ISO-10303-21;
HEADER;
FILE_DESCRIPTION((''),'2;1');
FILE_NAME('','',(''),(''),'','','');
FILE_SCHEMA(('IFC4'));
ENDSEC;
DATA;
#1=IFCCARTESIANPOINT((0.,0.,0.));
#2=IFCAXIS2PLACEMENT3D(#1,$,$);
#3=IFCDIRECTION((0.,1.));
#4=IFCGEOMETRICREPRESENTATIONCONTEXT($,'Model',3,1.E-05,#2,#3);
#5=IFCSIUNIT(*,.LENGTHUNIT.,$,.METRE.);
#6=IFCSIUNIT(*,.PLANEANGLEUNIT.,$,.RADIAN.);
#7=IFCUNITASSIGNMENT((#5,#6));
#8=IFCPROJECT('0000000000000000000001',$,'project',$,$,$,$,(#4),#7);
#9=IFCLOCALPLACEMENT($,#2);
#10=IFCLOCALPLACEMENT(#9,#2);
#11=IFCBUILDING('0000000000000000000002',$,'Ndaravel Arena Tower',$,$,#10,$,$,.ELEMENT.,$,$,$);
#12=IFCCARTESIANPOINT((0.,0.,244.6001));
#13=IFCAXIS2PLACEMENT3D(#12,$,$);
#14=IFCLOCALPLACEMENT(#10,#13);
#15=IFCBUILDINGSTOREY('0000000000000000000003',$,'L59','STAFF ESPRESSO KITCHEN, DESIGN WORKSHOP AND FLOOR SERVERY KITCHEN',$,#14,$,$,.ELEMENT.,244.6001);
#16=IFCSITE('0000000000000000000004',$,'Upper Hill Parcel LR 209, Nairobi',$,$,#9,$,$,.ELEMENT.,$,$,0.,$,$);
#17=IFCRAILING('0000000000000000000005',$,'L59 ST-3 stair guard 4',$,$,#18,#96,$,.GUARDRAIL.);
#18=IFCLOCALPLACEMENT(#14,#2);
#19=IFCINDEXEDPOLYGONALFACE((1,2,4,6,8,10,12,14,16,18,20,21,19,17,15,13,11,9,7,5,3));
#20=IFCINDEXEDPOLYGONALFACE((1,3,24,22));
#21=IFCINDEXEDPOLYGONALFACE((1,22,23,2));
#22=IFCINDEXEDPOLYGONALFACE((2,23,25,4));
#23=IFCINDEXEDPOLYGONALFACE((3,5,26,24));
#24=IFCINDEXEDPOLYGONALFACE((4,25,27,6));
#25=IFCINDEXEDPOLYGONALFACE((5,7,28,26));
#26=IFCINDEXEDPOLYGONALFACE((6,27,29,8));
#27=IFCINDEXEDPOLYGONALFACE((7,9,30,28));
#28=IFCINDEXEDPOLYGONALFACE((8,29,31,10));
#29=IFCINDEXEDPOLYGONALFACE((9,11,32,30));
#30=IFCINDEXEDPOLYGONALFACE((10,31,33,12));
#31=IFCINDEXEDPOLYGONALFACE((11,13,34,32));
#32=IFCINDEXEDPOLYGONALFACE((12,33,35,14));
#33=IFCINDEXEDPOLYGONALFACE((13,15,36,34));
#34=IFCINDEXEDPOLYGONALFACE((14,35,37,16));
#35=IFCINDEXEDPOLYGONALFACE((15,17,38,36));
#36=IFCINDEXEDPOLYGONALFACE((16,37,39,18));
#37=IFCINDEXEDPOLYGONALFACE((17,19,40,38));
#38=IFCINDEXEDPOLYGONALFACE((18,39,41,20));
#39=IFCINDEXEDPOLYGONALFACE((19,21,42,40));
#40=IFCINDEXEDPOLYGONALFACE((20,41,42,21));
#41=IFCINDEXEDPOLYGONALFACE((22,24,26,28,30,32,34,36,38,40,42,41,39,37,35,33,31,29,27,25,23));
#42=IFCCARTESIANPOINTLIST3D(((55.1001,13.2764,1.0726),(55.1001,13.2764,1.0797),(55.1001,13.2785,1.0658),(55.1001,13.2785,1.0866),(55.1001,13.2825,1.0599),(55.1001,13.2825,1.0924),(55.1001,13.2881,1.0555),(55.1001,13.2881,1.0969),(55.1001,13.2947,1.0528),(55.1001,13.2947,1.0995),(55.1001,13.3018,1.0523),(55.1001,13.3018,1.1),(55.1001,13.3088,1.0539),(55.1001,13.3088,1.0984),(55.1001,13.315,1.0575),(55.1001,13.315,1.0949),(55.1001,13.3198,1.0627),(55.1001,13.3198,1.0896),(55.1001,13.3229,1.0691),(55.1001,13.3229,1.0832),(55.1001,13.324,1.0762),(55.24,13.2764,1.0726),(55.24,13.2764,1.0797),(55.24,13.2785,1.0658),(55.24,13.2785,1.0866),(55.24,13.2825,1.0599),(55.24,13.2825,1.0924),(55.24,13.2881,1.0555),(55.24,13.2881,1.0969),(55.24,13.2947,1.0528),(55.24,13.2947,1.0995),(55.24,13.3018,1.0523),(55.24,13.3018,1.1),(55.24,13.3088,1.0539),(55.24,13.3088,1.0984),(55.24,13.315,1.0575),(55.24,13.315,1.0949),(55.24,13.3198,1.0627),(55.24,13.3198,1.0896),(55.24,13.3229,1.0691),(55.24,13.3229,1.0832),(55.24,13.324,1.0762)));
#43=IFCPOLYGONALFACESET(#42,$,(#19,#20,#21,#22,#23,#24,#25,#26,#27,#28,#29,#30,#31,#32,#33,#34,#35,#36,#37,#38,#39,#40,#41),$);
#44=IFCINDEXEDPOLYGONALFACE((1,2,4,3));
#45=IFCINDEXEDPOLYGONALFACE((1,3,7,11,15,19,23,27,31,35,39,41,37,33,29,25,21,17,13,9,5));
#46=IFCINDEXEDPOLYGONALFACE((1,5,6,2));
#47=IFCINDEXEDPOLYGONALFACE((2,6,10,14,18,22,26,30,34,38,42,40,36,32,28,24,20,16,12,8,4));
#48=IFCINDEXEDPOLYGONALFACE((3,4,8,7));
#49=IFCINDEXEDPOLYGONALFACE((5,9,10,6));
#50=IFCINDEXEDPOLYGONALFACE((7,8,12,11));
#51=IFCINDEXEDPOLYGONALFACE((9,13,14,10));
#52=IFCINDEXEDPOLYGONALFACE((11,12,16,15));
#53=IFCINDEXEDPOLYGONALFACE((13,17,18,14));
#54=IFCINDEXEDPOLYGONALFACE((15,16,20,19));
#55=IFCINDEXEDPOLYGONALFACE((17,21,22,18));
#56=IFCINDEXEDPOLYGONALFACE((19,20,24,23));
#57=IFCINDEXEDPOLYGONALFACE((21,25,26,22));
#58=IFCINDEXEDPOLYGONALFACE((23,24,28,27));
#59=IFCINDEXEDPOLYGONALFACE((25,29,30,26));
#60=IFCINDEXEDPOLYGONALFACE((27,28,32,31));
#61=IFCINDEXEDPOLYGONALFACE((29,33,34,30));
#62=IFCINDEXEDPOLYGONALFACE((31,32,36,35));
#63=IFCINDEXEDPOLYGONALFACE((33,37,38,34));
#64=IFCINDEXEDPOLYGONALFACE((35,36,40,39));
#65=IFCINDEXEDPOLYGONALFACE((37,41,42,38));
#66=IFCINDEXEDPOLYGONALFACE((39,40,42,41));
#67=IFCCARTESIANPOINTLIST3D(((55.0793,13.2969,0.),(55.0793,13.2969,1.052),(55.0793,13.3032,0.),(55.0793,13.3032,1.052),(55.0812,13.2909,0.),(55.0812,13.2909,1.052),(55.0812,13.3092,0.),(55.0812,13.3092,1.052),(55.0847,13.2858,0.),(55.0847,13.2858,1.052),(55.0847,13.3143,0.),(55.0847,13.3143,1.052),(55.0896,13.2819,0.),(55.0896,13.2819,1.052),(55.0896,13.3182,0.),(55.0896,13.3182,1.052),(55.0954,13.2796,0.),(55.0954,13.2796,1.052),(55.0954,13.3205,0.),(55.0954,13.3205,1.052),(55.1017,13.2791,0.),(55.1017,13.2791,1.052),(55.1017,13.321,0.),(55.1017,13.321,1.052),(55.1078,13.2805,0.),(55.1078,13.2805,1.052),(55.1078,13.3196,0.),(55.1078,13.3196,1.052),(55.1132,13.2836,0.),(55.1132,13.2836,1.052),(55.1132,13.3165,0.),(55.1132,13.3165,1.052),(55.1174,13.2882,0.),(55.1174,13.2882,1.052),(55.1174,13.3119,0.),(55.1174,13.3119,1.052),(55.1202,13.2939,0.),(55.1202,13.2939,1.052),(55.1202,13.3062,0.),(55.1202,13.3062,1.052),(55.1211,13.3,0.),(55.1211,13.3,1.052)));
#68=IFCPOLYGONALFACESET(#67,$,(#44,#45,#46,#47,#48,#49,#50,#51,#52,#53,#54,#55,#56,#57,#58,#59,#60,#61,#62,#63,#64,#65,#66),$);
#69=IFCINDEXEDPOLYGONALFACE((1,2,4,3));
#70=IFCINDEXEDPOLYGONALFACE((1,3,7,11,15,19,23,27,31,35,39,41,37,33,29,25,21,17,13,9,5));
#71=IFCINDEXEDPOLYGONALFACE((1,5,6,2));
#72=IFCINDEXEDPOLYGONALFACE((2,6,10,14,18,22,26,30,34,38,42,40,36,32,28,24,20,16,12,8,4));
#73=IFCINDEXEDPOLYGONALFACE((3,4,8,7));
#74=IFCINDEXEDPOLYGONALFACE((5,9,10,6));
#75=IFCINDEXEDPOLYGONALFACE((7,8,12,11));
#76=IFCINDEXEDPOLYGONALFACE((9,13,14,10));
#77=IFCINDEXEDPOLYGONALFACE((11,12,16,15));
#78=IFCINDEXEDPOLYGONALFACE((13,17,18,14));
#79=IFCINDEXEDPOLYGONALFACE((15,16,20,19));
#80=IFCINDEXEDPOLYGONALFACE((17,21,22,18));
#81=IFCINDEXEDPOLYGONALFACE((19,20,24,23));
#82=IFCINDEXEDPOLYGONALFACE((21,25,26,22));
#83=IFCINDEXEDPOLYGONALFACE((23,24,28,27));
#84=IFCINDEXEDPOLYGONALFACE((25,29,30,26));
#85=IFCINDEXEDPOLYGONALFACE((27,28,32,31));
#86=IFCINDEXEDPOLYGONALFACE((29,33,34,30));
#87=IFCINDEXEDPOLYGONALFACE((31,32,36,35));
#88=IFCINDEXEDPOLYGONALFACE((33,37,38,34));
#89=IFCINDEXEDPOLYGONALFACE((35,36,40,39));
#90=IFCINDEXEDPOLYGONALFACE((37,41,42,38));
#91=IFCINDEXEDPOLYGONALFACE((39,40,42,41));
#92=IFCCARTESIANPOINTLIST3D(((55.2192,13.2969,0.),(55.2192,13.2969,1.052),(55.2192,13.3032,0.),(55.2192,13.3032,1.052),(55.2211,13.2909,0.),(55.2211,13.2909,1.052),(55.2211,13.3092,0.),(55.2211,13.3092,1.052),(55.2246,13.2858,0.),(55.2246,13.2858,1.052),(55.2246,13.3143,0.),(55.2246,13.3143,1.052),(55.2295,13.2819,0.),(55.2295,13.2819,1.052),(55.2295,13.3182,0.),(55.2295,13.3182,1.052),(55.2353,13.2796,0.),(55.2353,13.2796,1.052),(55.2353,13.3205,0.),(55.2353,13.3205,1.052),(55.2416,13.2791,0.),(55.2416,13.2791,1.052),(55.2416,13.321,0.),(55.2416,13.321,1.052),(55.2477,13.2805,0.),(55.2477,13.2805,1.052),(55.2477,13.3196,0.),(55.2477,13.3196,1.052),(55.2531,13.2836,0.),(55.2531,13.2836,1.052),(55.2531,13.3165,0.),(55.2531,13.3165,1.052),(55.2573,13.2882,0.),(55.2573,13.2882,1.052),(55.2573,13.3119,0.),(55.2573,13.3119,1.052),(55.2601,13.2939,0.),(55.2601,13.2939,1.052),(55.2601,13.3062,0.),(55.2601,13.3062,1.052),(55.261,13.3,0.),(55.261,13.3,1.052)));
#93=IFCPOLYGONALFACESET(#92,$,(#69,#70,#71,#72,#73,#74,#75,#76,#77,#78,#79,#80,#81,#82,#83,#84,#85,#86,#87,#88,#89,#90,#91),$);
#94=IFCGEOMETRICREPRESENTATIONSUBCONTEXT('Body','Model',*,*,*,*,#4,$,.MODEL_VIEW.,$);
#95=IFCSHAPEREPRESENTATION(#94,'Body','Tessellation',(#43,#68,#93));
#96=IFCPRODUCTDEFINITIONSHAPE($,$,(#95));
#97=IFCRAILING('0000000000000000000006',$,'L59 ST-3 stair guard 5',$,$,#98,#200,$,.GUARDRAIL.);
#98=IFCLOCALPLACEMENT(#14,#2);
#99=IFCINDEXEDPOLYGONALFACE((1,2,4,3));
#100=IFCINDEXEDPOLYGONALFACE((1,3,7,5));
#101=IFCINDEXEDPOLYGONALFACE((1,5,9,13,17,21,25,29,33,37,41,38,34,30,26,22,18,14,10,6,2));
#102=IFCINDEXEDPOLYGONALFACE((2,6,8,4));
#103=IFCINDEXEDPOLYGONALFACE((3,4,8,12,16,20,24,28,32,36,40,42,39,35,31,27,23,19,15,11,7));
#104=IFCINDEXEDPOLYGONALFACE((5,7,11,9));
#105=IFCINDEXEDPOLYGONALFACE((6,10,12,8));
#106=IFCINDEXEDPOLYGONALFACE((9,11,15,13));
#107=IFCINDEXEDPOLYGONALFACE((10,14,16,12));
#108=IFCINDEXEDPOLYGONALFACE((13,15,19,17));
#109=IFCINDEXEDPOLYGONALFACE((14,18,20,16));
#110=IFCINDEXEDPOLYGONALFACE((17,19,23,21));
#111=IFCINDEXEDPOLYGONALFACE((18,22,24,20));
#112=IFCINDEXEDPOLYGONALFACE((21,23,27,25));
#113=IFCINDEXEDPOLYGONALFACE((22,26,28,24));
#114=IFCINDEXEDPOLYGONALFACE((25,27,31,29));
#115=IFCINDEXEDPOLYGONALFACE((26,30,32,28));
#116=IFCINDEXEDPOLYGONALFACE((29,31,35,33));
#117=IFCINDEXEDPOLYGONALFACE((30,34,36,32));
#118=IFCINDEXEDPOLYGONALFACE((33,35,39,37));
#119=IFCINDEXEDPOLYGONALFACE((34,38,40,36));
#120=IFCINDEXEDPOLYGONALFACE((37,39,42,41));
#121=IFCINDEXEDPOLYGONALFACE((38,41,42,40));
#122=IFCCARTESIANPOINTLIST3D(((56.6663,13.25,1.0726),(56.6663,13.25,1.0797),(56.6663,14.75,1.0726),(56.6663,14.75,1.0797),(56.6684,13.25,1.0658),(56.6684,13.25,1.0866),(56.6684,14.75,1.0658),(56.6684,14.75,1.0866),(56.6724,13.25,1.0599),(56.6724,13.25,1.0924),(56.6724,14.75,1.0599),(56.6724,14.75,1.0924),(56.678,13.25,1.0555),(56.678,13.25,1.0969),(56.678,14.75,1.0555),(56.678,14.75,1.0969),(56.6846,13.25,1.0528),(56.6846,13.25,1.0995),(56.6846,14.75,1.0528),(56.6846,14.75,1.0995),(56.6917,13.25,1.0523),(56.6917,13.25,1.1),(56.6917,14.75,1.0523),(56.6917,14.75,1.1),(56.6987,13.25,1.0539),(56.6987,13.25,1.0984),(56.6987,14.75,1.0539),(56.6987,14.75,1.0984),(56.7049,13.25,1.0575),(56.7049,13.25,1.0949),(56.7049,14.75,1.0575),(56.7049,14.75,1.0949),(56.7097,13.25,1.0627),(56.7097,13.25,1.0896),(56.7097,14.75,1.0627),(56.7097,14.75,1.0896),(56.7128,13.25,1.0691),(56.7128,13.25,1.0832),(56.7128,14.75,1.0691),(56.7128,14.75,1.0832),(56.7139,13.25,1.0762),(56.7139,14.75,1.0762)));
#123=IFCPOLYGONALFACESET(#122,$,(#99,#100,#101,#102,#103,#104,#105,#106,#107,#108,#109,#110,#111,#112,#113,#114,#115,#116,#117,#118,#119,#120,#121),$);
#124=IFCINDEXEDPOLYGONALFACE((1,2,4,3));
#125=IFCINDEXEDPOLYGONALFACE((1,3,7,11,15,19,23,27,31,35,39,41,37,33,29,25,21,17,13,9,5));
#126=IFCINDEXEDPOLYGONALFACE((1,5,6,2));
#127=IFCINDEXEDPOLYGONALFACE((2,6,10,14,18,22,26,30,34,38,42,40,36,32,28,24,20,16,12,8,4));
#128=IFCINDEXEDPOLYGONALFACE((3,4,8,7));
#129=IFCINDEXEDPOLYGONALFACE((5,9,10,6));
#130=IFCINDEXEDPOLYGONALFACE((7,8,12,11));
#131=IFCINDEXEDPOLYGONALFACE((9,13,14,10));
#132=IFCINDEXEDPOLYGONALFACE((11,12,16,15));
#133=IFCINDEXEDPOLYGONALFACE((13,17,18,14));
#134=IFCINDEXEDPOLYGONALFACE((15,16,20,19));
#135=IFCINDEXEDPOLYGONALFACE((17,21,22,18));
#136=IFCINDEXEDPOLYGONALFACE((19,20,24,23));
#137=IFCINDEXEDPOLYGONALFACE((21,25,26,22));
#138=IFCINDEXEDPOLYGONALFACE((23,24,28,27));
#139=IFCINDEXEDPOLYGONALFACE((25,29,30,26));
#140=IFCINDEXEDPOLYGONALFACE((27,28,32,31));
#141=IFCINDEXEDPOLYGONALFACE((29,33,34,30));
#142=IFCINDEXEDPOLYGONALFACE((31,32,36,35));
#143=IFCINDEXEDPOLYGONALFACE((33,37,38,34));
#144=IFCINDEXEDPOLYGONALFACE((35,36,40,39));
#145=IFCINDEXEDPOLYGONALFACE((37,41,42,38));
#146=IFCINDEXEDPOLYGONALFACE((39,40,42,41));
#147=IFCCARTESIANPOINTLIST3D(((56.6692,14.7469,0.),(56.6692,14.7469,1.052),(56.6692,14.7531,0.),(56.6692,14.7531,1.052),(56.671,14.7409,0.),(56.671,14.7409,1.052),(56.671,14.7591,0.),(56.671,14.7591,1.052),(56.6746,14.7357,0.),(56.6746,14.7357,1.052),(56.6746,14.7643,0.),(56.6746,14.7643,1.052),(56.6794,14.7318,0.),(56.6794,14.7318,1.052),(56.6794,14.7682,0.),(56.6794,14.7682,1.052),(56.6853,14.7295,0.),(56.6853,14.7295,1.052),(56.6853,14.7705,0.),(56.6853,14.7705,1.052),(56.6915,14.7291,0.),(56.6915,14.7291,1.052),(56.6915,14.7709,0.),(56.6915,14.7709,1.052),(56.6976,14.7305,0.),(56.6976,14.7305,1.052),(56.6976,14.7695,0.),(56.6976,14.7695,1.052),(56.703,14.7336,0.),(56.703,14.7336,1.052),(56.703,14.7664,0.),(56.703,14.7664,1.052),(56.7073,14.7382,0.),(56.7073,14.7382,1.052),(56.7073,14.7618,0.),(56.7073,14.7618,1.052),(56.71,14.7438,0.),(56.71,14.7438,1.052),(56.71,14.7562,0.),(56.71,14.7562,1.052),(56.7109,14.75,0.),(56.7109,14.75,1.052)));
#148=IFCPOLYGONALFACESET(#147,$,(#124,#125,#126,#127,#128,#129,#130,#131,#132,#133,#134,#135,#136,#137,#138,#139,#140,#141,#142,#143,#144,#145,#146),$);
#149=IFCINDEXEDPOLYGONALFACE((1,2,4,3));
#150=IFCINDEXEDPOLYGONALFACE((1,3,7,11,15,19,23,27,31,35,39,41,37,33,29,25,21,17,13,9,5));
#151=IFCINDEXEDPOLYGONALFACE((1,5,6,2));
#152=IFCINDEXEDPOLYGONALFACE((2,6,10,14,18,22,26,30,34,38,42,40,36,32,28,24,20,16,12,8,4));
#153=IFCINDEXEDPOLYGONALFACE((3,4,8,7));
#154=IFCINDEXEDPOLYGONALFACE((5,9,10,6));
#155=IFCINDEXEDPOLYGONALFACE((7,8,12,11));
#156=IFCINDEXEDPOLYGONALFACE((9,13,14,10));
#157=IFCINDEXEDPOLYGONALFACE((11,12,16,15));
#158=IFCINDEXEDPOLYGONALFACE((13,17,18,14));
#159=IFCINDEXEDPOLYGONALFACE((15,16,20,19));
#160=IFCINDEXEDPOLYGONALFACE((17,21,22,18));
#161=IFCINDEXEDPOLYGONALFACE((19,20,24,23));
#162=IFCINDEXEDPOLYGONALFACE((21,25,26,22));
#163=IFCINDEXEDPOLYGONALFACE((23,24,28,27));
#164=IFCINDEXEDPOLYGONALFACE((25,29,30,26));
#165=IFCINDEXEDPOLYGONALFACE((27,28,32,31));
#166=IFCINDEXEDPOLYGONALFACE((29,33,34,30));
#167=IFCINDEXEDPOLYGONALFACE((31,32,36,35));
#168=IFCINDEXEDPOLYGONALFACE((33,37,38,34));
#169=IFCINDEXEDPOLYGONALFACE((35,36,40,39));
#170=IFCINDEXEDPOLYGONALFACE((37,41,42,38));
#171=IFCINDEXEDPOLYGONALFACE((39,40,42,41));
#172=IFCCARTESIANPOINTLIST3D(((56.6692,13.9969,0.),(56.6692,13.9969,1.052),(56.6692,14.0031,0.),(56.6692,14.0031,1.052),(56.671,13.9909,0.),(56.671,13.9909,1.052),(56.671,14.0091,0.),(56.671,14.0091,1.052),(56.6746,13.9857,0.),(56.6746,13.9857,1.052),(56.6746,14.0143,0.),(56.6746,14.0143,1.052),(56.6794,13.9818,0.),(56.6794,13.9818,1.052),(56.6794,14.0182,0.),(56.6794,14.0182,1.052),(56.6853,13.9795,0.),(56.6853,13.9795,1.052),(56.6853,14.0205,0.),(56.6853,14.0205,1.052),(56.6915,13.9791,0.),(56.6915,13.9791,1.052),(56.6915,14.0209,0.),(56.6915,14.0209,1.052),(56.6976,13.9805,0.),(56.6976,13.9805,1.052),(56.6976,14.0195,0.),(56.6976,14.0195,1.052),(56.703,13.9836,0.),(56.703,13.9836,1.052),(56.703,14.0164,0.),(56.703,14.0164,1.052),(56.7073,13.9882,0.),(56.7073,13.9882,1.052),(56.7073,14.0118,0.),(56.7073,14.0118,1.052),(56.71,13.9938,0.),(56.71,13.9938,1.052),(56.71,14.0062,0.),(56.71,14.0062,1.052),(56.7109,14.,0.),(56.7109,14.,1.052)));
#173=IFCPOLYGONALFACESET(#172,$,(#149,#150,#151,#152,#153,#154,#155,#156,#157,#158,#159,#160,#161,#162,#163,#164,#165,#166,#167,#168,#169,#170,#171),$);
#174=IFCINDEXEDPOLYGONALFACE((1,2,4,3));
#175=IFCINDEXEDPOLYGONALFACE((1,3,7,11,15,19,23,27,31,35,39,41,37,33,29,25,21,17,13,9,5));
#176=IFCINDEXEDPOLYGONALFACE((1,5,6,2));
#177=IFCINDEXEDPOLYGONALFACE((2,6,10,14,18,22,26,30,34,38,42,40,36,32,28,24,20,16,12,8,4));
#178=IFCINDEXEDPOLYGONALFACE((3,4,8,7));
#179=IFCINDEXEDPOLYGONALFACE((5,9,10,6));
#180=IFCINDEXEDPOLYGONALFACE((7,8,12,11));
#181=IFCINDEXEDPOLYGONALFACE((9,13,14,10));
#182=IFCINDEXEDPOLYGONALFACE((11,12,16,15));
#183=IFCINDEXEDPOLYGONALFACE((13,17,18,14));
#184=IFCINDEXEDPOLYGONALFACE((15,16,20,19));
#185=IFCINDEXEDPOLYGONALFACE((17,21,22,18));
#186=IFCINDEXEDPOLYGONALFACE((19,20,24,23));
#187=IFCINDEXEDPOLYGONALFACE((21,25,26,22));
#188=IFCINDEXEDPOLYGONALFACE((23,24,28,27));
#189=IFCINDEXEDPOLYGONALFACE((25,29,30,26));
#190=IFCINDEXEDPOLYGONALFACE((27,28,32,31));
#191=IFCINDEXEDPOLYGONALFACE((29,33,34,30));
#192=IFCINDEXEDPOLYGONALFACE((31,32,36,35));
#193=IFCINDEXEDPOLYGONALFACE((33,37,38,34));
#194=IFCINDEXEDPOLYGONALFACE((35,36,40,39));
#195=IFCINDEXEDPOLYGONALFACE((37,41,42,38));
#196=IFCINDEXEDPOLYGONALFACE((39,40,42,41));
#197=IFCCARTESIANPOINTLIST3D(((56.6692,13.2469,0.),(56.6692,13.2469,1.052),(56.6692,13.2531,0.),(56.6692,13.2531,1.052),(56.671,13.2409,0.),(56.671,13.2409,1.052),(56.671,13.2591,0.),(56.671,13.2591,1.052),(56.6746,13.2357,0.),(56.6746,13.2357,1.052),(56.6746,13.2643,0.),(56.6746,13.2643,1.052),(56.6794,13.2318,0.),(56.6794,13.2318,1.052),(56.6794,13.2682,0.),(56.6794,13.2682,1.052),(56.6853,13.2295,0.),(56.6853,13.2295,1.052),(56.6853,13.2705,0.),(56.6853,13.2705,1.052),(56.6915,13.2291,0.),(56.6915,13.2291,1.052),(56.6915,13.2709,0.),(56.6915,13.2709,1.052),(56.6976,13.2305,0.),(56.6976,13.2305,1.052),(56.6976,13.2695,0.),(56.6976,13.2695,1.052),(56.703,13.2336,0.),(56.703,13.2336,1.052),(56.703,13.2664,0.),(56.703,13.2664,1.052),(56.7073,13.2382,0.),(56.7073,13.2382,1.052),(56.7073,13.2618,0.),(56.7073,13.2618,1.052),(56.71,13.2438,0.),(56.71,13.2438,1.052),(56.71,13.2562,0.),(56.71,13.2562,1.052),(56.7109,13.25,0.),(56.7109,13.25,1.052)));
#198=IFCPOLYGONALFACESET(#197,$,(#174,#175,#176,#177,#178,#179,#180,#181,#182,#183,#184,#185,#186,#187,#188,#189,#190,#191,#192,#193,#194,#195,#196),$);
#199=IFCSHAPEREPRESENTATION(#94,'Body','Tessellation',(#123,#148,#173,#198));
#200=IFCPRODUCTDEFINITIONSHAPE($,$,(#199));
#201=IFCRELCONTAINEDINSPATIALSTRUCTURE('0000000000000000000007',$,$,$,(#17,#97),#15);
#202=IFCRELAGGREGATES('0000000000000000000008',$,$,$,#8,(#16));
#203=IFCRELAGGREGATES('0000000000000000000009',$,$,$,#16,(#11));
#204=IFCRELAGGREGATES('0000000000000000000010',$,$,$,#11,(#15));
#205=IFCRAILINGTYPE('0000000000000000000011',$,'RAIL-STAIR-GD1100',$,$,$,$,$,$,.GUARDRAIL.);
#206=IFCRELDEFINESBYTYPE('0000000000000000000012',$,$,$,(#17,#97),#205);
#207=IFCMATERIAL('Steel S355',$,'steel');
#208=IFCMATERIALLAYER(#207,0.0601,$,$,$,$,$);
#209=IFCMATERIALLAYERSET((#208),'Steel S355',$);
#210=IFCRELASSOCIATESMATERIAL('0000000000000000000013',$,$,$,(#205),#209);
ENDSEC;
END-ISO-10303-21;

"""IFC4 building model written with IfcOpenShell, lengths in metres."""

from ifc_helpers import new_model, si_unit, direction, frame, origin, origin_2d, place, context, subcontext, project, spatial, circle, extrude, material, layer, layer_set, type_object, element, save


model = new_model("IFC4")

# Units and contexts
model_context = context("Model", 3, precision=1e-05, world=origin(), true_north=direction((0.0, 1.0)))
body_context = subcontext(model_context, "Body", "Model", "MODEL_VIEW")
ifc_project = project(units=[si_unit("LENGTHUNIT", "METRE"), si_unit("PLANEANGLEUNIT", "RADIAN")], contexts=[model_context])

# Site, building, storey
site_placement = place(None, origin())
site = spatial("IfcSite", under=ifc_project, at=site_placement, Name="Upper Hill Parcel LR 209, Nairobi", CompositionType="ELEMENT", RefElevation=0.0)
building_placement = place(site_placement, origin())
building = spatial("IfcBuilding", under=site, at=building_placement, Name="Ndaravel Arena Tower", CompositionType="ELEMENT")
storey_placement = place(building_placement, frame((0.0, 0.0, 244.6001)))
storey = spatial("IfcBuildingStorey", under=building, at=storey_placement, Name="L59", Description="STAFF ESPRESSO KITCHEN, DESIGN WORKSHOP AND FLOOR SERVERY KITCHEN", CompositionType="ELEMENT", Elevation=244.6001)

# Railings
ifc_material_1 = material(Name="Steel S355", Category="steel")
ifc_layer_1 = layer(ifc_material_1, 0.0601)
ifc_layer_set_1 = layer_set([ifc_layer_1], Name="Steel S355")
railing_type = type_object("IfcRailingType", Name="RAIL-STAIR-GD1100", PredefinedType="GUARDRAIL", material=ifc_layer_set_1)
railing_1_placement = place(storey_placement, frame((55.1001, 13.3, 0.0)))
element("IfcRailing", 1, at=railing_1_placement, inside=storey, type_object=railing_type, Name="L59 ST-3 stair guard 4", PredefinedType="GUARDRAIL", context=body_context, shape_type="SweptSolid", body=[
    extrude(circle(Radius=0.0239, at=origin_2d()), frame((0.0, 0.0, 1.0762), z_axis=(1.0, 0.0, 0.0), x_axis=(0.0, 1.0, 0.0)), (0.0, 0.0, 1.0), 0.1399),
    extrude(circle(Radius=0.021, at=origin_2d()), origin(), (0.0, 0.0, 1.0), 1.052),
    extrude(circle(Radius=0.021, at=origin_2d()), frame((0.1399, 0.0, 0.0)), (0.0, 0.0, 1.0), 1.052),
])
railing_2_placement = place(storey_placement, frame((56.6899, 14.75, 0.0)))
element("IfcRailing", 2, at=railing_2_placement, inside=storey, type_object=railing_type, Name="L59 ST-3 stair guard 5", PredefinedType="GUARDRAIL", context=body_context, shape_type="SweptSolid", body=[
    extrude(circle(Radius=0.0239, at=origin_2d()), frame((0.0, 0.0, 1.0762), z_axis=(0.0, -1.0, 0.0), x_axis=(1.0, 0.0, 0.0)), (0.0, 0.0, 1.0), 1.5),
    extrude(circle(Radius=0.021, at=origin_2d()), origin(), (0.0, 0.0, 1.0), 1.052),
    extrude(circle(Radius=0.021, at=origin_2d()), frame((0.0, -0.75, 0.0)), (0.0, 0.0, 1.0), 1.052),
    extrude(circle(Radius=0.021, at=origin_2d()), frame((0.0, -1.5, 0.0)), (0.0, 0.0, 1.0), 1.052),
])

save(model, "model.ifc")
